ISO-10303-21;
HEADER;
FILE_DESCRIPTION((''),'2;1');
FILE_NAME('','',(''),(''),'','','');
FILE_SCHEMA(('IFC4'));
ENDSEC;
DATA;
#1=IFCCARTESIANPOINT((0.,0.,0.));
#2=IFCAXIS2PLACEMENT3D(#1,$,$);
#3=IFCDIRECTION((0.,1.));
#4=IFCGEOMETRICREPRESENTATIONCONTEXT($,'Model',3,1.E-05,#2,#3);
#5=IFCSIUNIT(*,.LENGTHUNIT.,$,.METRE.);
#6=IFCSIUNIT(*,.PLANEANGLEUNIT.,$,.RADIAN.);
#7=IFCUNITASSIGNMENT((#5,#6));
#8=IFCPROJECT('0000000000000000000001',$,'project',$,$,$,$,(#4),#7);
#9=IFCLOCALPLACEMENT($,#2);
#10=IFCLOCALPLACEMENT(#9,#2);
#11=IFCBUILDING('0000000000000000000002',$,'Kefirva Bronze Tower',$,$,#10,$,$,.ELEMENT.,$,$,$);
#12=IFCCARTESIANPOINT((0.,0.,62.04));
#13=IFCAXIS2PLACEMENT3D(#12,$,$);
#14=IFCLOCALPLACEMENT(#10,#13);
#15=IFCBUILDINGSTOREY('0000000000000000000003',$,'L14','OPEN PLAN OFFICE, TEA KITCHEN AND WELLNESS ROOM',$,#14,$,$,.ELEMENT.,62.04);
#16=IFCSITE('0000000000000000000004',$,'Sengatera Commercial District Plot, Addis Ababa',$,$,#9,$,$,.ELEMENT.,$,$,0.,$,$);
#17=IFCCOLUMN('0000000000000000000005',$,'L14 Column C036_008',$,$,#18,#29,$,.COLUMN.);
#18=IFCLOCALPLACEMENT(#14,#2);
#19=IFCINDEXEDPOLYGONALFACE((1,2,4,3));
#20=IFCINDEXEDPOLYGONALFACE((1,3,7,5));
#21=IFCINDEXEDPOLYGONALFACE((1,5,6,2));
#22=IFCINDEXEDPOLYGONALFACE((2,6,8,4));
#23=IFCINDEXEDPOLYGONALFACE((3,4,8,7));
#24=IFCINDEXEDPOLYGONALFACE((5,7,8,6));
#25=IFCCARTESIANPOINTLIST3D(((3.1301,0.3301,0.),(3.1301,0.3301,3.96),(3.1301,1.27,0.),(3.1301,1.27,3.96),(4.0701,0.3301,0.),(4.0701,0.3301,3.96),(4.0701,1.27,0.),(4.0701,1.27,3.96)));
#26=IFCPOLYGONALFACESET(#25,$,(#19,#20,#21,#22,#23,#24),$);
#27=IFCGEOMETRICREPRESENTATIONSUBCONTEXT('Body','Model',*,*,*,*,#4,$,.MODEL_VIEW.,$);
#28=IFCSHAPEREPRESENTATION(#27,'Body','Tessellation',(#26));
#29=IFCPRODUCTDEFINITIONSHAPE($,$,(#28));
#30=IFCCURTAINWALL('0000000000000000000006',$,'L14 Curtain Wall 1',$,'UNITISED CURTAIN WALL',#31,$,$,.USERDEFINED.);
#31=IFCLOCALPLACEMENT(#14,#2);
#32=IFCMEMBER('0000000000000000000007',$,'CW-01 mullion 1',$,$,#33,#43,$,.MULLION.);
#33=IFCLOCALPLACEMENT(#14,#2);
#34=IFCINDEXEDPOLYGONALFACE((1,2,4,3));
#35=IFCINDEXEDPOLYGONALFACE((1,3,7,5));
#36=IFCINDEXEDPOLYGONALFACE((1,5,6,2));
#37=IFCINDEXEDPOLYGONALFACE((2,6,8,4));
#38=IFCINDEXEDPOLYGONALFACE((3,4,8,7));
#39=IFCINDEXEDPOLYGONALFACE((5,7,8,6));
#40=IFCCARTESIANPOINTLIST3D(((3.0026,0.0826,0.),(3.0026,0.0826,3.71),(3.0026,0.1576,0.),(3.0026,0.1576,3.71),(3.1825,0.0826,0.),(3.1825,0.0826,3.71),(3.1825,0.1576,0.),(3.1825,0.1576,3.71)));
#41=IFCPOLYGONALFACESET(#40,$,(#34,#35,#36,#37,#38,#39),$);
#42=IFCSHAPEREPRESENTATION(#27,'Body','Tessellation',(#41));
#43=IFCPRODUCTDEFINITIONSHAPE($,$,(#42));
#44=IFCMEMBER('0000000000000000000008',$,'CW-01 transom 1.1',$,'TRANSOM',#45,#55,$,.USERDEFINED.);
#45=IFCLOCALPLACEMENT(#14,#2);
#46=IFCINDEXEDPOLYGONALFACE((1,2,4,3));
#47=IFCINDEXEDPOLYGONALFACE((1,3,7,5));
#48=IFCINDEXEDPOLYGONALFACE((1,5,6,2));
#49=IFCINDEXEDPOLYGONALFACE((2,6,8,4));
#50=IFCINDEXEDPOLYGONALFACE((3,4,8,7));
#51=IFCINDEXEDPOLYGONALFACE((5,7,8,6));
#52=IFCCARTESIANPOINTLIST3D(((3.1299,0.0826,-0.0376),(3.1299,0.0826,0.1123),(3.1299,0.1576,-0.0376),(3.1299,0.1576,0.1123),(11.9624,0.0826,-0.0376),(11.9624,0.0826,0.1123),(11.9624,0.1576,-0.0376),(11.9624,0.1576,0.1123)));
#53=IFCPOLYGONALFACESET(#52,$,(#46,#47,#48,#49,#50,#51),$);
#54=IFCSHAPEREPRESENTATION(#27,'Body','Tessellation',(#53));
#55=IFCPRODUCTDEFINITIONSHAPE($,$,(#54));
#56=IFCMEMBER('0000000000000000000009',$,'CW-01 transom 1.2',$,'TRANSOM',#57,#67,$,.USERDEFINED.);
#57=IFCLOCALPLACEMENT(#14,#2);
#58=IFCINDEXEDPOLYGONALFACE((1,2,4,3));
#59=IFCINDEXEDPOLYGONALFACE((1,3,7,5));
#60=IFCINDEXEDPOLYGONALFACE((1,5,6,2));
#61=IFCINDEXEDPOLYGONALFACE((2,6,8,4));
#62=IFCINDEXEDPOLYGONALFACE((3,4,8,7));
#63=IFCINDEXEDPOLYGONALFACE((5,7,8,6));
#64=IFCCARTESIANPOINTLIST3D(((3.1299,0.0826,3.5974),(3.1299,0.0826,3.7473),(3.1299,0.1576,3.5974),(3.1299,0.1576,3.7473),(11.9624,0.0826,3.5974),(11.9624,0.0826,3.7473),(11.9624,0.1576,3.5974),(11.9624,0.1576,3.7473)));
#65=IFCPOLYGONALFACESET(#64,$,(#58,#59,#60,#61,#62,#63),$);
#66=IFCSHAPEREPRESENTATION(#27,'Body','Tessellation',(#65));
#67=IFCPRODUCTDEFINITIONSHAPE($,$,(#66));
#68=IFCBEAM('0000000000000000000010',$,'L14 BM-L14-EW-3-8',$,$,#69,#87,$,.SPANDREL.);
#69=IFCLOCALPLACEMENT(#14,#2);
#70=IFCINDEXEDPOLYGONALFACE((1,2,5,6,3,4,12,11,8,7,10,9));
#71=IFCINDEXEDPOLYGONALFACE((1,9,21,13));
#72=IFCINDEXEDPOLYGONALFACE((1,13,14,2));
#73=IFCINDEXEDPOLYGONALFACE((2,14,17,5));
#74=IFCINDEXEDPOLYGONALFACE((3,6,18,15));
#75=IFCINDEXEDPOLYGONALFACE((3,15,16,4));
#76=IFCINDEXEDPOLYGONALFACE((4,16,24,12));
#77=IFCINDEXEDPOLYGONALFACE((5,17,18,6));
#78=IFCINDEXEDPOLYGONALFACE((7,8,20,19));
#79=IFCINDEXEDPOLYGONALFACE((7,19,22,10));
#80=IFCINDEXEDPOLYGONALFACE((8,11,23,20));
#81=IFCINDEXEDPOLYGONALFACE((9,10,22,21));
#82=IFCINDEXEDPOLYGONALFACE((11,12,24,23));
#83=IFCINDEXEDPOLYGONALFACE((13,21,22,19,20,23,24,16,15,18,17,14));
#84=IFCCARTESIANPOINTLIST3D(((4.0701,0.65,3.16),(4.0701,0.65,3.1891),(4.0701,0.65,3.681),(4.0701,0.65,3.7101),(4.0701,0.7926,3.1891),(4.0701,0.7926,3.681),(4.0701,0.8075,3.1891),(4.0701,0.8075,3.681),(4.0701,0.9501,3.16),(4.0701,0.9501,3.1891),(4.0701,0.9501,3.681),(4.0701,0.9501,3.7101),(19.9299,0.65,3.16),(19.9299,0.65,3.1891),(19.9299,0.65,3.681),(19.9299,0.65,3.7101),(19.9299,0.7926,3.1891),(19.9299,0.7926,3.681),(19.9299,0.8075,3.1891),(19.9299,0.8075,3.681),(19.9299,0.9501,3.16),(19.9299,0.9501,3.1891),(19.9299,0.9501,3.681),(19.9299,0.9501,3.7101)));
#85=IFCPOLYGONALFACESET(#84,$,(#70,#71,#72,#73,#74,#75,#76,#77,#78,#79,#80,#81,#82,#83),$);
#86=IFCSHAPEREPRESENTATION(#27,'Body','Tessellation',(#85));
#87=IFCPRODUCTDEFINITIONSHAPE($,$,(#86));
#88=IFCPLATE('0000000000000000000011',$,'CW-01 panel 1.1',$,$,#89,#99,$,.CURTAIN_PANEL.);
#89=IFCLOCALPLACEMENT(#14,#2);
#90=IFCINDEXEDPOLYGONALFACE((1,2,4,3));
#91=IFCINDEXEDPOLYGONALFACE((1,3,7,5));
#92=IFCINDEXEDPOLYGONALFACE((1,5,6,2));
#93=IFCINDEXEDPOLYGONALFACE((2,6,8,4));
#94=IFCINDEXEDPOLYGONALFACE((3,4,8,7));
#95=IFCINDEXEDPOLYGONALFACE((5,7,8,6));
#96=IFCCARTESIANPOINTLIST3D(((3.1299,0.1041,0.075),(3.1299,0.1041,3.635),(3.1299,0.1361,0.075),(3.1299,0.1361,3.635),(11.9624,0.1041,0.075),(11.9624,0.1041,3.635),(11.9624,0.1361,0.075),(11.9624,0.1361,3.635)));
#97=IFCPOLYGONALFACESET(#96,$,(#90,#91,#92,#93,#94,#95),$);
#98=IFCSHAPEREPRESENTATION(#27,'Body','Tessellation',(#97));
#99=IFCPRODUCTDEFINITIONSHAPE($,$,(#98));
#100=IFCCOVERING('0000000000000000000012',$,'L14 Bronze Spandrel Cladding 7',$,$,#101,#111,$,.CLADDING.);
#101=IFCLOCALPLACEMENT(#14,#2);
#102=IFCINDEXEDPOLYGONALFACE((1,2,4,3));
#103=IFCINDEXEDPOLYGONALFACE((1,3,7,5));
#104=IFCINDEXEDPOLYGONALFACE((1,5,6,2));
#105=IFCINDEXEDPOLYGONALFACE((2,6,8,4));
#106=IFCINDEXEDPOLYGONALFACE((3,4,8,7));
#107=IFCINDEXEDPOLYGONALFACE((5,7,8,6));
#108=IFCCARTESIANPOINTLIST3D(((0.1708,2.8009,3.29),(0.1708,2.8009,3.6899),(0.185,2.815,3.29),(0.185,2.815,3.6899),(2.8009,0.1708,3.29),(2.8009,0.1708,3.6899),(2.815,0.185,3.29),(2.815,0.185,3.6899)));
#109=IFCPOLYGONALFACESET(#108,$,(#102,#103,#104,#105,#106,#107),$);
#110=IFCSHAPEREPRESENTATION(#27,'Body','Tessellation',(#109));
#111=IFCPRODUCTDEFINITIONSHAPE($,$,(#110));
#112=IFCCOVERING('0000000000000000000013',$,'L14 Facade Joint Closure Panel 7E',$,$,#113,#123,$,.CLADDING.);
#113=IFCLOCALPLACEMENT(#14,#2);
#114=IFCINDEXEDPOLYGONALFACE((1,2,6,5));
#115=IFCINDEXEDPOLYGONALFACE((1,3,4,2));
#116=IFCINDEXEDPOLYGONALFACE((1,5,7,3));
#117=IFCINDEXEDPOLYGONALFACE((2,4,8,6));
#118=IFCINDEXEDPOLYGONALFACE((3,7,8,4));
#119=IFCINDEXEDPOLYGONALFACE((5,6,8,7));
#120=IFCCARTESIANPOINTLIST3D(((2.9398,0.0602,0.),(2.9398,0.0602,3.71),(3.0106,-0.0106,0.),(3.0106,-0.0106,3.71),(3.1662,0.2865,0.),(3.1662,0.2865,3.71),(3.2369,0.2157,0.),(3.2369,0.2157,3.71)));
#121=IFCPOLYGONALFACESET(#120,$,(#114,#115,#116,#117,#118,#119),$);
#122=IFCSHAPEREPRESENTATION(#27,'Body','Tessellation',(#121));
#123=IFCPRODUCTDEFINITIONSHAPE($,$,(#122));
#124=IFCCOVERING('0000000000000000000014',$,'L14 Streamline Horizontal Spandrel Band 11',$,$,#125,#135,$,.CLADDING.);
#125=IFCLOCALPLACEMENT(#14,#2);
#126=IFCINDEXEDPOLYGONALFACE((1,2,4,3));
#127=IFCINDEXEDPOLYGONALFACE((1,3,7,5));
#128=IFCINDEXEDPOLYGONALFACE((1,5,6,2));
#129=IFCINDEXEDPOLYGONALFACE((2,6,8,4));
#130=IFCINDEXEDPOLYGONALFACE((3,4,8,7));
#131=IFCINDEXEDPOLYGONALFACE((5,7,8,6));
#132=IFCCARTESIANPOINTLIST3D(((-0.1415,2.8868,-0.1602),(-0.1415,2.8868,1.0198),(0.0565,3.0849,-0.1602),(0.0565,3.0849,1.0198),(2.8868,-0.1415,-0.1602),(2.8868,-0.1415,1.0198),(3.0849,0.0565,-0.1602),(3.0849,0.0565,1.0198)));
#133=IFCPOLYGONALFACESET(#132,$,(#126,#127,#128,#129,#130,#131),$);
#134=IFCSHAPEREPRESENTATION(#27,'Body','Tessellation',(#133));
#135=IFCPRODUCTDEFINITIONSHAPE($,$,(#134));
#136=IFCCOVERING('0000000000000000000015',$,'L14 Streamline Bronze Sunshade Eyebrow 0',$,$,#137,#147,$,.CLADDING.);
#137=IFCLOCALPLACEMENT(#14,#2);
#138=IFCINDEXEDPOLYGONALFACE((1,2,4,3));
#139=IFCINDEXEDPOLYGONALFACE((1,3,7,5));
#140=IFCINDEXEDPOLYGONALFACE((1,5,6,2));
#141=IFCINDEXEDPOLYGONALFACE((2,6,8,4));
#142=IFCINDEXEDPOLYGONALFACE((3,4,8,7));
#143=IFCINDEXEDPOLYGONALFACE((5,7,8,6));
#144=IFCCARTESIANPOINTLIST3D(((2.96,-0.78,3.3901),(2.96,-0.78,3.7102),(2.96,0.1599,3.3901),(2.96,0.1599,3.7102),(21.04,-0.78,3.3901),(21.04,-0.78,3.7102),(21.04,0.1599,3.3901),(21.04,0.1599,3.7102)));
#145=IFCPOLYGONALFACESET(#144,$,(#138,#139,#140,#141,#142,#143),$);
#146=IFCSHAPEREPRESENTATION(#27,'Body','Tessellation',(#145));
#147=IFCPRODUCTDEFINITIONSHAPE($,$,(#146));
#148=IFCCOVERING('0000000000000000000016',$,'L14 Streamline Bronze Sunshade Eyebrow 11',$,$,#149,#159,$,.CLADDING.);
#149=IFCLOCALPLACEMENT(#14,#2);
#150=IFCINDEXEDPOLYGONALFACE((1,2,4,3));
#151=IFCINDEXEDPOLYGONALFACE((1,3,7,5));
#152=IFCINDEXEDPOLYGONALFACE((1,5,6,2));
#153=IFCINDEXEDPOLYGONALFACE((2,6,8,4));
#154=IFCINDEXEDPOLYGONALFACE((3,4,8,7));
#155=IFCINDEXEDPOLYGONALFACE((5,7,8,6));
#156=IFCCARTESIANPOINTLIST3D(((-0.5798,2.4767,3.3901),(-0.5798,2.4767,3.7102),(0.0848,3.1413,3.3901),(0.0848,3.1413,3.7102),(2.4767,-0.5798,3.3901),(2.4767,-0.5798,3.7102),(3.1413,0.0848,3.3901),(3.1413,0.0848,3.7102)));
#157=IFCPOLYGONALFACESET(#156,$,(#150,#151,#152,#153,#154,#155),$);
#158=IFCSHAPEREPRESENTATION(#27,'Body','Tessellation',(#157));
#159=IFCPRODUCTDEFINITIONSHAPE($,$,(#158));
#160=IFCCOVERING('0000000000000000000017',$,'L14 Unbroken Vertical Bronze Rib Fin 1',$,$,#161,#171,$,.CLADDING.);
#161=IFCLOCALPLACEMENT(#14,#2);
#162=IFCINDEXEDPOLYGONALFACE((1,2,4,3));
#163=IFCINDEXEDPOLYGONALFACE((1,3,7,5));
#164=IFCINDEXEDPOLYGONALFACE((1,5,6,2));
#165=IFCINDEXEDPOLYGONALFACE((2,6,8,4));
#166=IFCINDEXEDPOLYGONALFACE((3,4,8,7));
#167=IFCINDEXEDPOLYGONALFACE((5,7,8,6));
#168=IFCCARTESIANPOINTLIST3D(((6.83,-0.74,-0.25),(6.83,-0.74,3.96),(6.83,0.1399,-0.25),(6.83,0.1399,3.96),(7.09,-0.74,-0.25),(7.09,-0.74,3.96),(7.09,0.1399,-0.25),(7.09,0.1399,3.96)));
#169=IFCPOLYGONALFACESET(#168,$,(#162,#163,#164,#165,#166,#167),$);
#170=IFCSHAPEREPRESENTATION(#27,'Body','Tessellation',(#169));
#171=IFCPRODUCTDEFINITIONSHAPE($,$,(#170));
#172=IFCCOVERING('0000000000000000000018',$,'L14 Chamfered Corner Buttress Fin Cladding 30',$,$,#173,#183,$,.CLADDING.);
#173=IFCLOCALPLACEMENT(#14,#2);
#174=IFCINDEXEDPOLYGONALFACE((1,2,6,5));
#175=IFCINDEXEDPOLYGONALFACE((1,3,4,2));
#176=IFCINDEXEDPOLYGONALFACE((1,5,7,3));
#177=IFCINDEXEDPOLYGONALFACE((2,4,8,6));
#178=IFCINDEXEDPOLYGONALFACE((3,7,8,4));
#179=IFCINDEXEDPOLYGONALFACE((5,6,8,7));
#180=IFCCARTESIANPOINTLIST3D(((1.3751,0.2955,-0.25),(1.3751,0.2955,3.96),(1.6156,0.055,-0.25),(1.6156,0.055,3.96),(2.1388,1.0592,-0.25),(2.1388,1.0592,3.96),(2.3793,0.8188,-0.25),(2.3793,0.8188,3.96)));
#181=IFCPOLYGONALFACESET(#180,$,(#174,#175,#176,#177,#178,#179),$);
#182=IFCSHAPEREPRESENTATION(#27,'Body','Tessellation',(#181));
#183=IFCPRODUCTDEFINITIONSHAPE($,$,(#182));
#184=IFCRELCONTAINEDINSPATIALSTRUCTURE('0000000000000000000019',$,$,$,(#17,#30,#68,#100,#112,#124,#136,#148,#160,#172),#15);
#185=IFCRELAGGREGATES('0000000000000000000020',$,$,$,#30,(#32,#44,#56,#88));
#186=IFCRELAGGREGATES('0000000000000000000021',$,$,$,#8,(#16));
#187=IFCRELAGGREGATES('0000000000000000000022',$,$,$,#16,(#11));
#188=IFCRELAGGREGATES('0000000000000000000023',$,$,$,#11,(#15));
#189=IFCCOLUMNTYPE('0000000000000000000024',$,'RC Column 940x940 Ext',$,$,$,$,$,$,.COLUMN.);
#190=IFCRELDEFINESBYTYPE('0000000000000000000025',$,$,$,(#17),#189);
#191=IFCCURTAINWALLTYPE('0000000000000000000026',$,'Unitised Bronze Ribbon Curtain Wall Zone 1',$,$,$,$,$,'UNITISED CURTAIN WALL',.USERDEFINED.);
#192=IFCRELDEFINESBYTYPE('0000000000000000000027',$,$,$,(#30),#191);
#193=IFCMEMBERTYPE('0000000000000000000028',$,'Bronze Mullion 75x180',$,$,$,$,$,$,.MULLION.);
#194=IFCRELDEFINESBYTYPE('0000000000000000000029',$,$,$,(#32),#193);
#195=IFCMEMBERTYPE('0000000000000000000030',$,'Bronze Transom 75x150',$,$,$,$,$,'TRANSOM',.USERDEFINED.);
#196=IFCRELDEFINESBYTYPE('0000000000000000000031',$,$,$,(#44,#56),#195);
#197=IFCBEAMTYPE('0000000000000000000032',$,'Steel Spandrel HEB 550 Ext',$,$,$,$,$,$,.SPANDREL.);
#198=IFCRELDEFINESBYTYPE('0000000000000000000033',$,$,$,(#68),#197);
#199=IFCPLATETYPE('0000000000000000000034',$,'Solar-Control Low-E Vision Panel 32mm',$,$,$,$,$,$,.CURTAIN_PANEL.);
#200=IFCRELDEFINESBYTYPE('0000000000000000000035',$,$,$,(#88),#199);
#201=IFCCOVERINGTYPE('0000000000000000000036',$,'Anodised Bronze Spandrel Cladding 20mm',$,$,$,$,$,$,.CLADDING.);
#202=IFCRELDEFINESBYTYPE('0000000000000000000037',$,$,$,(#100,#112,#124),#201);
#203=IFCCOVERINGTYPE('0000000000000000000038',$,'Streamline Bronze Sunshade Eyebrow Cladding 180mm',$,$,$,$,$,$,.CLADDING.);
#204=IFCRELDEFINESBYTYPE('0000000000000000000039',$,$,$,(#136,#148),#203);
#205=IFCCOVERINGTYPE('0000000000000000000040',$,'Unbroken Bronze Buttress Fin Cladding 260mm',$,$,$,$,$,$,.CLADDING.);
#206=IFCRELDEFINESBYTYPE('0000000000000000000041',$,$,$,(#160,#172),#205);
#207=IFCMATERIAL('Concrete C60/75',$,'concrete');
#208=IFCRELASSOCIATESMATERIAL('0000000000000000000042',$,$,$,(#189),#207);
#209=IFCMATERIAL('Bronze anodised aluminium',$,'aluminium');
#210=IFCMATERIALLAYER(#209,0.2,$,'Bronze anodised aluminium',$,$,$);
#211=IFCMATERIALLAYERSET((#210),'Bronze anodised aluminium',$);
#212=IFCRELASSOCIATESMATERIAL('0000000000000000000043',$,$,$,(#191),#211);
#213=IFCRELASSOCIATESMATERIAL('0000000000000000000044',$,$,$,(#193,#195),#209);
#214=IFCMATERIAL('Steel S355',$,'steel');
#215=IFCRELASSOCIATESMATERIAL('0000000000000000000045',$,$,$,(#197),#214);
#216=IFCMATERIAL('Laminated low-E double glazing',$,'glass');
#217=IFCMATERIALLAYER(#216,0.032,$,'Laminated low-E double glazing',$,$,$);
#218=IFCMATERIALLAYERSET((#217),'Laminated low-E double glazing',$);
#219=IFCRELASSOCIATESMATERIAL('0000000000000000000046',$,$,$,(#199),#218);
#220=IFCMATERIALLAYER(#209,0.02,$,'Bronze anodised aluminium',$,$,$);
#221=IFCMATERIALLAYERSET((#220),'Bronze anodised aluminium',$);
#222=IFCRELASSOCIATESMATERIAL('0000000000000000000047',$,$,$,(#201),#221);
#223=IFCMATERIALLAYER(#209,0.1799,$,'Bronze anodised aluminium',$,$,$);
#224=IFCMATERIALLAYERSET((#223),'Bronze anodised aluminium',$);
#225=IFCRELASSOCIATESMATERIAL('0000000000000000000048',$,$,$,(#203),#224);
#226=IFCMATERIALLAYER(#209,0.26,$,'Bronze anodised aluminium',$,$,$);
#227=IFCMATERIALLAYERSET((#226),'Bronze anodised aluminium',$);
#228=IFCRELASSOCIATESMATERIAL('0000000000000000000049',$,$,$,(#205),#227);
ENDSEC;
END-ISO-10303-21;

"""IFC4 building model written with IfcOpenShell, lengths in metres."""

from ifc_helpers import new_model, si_unit, direction, frame, origin, origin_2d, place, context, subcontext, project, spatial, rectangle, i_section, extrude, material, layer, layer_set, material_profile, profile_set, type_object, element, aggregate, save


model = new_model("IFC4")

# Units and contexts
model_context = context("Model", 3, precision=1e-05, world=origin(), true_north=direction((0.0, 1.0)))
body_context = subcontext(model_context, "Body", "Model", "MODEL_VIEW")
ifc_project = project(units=[si_unit("LENGTHUNIT", "METRE"), si_unit("PLANEANGLEUNIT", "RADIAN")], contexts=[model_context])

# Site, building, storey
site_placement = place(None, origin())
site = spatial("IfcSite", under=ifc_project, at=site_placement, Name="Sengatera Commercial District Plot, Addis Ababa", CompositionType="ELEMENT", RefElevation=0.0)
building_placement = place(site_placement, origin())
building = spatial("IfcBuilding", under=site, at=building_placement, Name="Kefirva Bronze Tower", CompositionType="ELEMENT")
storey_placement = place(building_placement, frame((0.0, 0.0, 62.04)))
storey = spatial("IfcBuildingStorey", under=building, at=storey_placement, Name="L14", Description="OPEN PLAN OFFICE, TEA KITCHEN AND WELLNESS ROOM", CompositionType="ELEMENT", Elevation=62.04)

# Column
ifc_material_1 = material(Name="Concrete C60/75", Category="concrete")
ifc_material_profile_1 = material_profile(ifc_material_1, rectangle(XDim=0.9399, YDim=0.9399, at=origin_2d()), Name="RC 940x940")
ifc_profile_set_1 = profile_set([ifc_material_profile_1], Name="Concrete C60/75")
column_type = type_object("IfcColumnType", Name="RC Column 940x940 Ext", PredefinedType="COLUMN", material=ifc_profile_set_1)
column_placement = place(storey_placement, frame((3.6001, 0.8, 0.0), z_axis=(0.0, 0.0, 1.0), x_axis=(1.0, 0.0, 0.0)))
element("IfcColumn", 1, at=column_placement, inside=storey, type_object=column_type, Name="L14 Column C036_008", PredefinedType="COLUMN", context=body_context, shape_type="SweptSolid", body=[
    extrude(rectangle(XDim=0.9399, YDim=0.9399, at=origin_2d()), origin(), (0.0, 0.0, 1.0), 3.96),
])

# Curtain wall, members
ifc_material_2 = material(Name="Bronze anodised aluminium", Category="aluminium")
ifc_layer_1 = layer(ifc_material_2, 0.2, Name="Bronze anodised aluminium")
ifc_layer_set_1 = layer_set([ifc_layer_1], Name="Bronze anodised aluminium")
curtain_wall_type = type_object("IfcCurtainWallType", Name="Unitised Bronze Ribbon Curtain Wall Zone 1", ElementType="UNITISED CURTAIN WALL", PredefinedType="USERDEFINED", material=ifc_layer_set_1)
curtain_wall_placement = place(storey_placement, origin())
curtain_wall = element("IfcCurtainWall", 2, at=curtain_wall_placement, inside=storey, type_object=curtain_wall_type, Name="L14 Curtain Wall 1", ObjectType="UNITISED CURTAIN WALL", PredefinedType="USERDEFINED")
ifc_material_profile_2 = material_profile(ifc_material_2, rectangle(XDim=0.075, YDim=0.1799, at=origin_2d()), Name="ALU 75x180")
ifc_profile_set_2 = profile_set([ifc_material_profile_2], Name="Bronze anodised aluminium")
member_type_1 = type_object("IfcMemberType", Name="Bronze Mullion 75x180", PredefinedType="MULLION", material=ifc_profile_set_2)
member_1_placement = place(storey_placement, frame((3.0925, 0.1201, 0.0), z_axis=(0.0, 0.0, 1.0), x_axis=(0.0, 1.0, 0.0)))
member_1 = element("IfcMember", 3, at=member_1_placement, type_object=member_type_1, Name="CW-01 mullion 1", PredefinedType="MULLION", context=body_context, shape_type="SweptSolid", body=[
    extrude(rectangle(XDim=0.075, YDim=0.1799, at=origin_2d()), origin(), (0.0, 0.0, 1.0), 3.71),
])
ifc_material_profile_3 = material_profile(ifc_material_2, rectangle(XDim=0.075, YDim=0.1499, at=origin_2d()), Name="ALU 75x150")
ifc_profile_set_3 = profile_set([ifc_material_profile_3], Name="Bronze anodised aluminium")
member_type_2 = type_object("IfcMemberType", Name="Bronze Transom 75x150", ElementType="TRANSOM", PredefinedType="USERDEFINED", material=ifc_profile_set_3)
member_2_placement = place(storey_placement, frame((3.1299, 0.1201, 0.0374), z_axis=(1.0, 0.0, 0.0), x_axis=(0.0, 1.0, 0.0)))
member_2 = element("IfcMember", 4, at=member_2_placement, type_object=member_type_2, Name="CW-01 transom 1.1", ObjectType="TRANSOM", PredefinedType="USERDEFINED", context=body_context, shape_type="SweptSolid", body=[
    extrude(rectangle(XDim=0.075, YDim=0.1499, at=origin_2d()), origin(), (0.0, 0.0, 1.0), 8.8325),
])
member_3_placement = place(storey_placement, frame((3.1299, 0.1201, 3.6724), z_axis=(1.0, 0.0, 0.0), x_axis=(0.0, 1.0, 0.0)))
member_3 = element("IfcMember", 5, at=member_3_placement, type_object=member_type_2, Name="CW-01 transom 1.2", ObjectType="TRANSOM", PredefinedType="USERDEFINED", context=body_context, shape_type="SweptSolid", body=[
    extrude(rectangle(XDim=0.075, YDim=0.1499, at=origin_2d()), origin(), (0.0, 0.0, 1.0), 8.8325),
])

# Beam
ifc_material_3 = material(Name="Steel S355", Category="steel")
ifc_material_profile_4 = material_profile(ifc_material_3, i_section(OverallWidth=0.3, OverallDepth=0.55, WebThickness=0.0149, FlangeThickness=0.0291, at=origin_2d()), Name="HEB 550")
ifc_profile_set_4 = profile_set([ifc_material_profile_4], Name="Steel S355")
beam_type = type_object("IfcBeamType", Name="Steel Spandrel HEB 550 Ext", PredefinedType="SPANDREL", material=ifc_profile_set_4)
beam_placement = place(storey_placement, frame((4.0701, 0.8, 3.4351), z_axis=(1.0, 0.0, 0.0), x_axis=(0.0, 1.0, 0.0)))
element("IfcBeam", 6, at=beam_placement, inside=storey, type_object=beam_type, Name="L14 BM-L14-EW-3-8", PredefinedType="SPANDREL", context=body_context, shape_type="SweptSolid", body=[
    extrude(i_section(OverallWidth=0.3, OverallDepth=0.55, WebThickness=0.0149, FlangeThickness=0.0291, at=origin_2d()), origin(), (0.0, 0.0, 1.0), 15.8599),
])

# Plate
ifc_material_4 = material(Name="Laminated low-E double glazing", Category="glass")
ifc_layer_2 = layer(ifc_material_4, 0.032, Name="Laminated low-E double glazing")
ifc_layer_set_2 = layer_set([ifc_layer_2], Name="Laminated low-E double glazing")
plate_type = type_object("IfcPlateType", Name="Solar-Control Low-E Vision Panel 32mm", PredefinedType="CURTAIN_PANEL", material=ifc_layer_set_2)
plate_placement = place(storey_placement, frame((7.5461, 0.1201, 0.075), z_axis=(0.0, 0.0, 1.0), x_axis=(1.0, 0.0, 0.0)))
plate = element("IfcPlate", 7, at=plate_placement, type_object=plate_type, Name="CW-01 panel 1.1", PredefinedType="CURTAIN_PANEL", context=body_context, shape_type="SweptSolid", body=[
    extrude(rectangle(XDim=8.8325, YDim=0.032, at=origin_2d()), origin(), (0.0, 0.0, 1.0), 3.5601),
])
aggregate(curtain_wall, [member_1, member_2, member_3, plate])

# Coverings
ifc_layer_3 = layer(ifc_material_2, 0.02, Name="Bronze anodised aluminium")
ifc_layer_set_3 = layer_set([ifc_layer_3], Name="Bronze anodised aluminium")
covering_type_1 = type_object("IfcCoveringType", Name="Anodised Bronze Spandrel Cladding 20mm", PredefinedType="CLADDING", material=ifc_layer_set_3)
covering_1_placement = place(storey_placement, frame((1.4929, 1.4929, 3.29), z_axis=(0.0, 0.0, 1.0), x_axis=(0.707107, -0.707107, 0.0)))
element("IfcCovering", 8, at=covering_1_placement, inside=storey, type_object=covering_type_1, Name="L14 Bronze Spandrel Cladding 7", PredefinedType="CLADDING", context=body_context, shape_type="SweptSolid", body=[
    extrude(rectangle(XDim=3.7195, YDim=0.02, at=origin_2d()), origin(), (0.0, 0.0, 1.0), 0.3999),
])
covering_2_placement = place(storey_placement, frame((3.0884, 0.1379, 0.0), z_axis=(0.0, 0.0, 1.0), x_axis=(0.707107, -0.707107, 0.0)))
element("IfcCovering", 9, at=covering_2_placement, inside=storey, type_object=covering_type_1, Name="L14 Facade Joint Closure Panel 7E", PredefinedType="CLADDING", context=body_context, shape_type="SweptSolid", body=[
    extrude(rectangle(XDim=0.1001, YDim=0.3201, at=origin_2d()), origin(), (0.0, 0.0, 1.0), 3.71),
])
covering_3_placement = place(storey_placement, frame((1.4717, 1.4717, -0.1602), z_axis=(0.0, 0.0, 1.0), x_axis=(0.707107, -0.707107, 0.0)))
element("IfcCovering", 10, at=covering_3_placement, inside=storey, type_object=covering_type_1, Name="L14 Streamline Horizontal Spandrel Band 11", PredefinedType="CLADDING", context=body_context, shape_type="SweptSolid", body=[
    extrude(rectangle(XDim=4.2827, YDim=0.28, at=origin_2d()), origin(), (0.0, 0.0, 1.0), 1.1799),
])
ifc_layer_4 = layer(ifc_material_2, 0.1799, Name="Bronze anodised aluminium")
ifc_layer_set_4 = layer_set([ifc_layer_4], Name="Bronze anodised aluminium")
covering_type_2 = type_object("IfcCoveringType", Name="Streamline Bronze Sunshade Eyebrow Cladding 180mm", PredefinedType="CLADDING", material=ifc_layer_set_4)
covering_4_placement = place(storey_placement, frame((12.0, -0.3101, 3.3901), z_axis=(0.0, 0.0, 1.0), x_axis=(1.0, 0.0, 0.0)))
element("IfcCovering", 11, at=covering_4_placement, inside=storey, type_object=covering_type_2, Name="L14 Streamline Bronze Sunshade Eyebrow 0", PredefinedType="CLADDING", context=body_context, shape_type="SweptSolid", body=[
    extrude(rectangle(XDim=18.0801, YDim=0.9399, at=origin_2d()), origin(), (0.0, 0.0, 1.0), 0.3201),
])
covering_5_placement = place(storey_placement, frame((1.2808, 1.2808, 3.3901), z_axis=(0.0, 0.0, 1.0), x_axis=(0.707107, -0.707107, 0.0)))
element("IfcCovering", 12, at=covering_5_placement, inside=storey, type_object=covering_type_2, Name="L14 Streamline Bronze Sunshade Eyebrow 11", PredefinedType="CLADDING", context=body_context, shape_type="SweptSolid", body=[
    extrude(rectangle(XDim=4.3225, YDim=0.9399, at=origin_2d()), origin(), (0.0, 0.0, 1.0), 0.3201),
])
ifc_layer_5 = layer(ifc_material_2, 0.26, Name="Bronze anodised aluminium")
ifc_layer_set_5 = layer_set([ifc_layer_5], Name="Bronze anodised aluminium")
covering_type_3 = type_object("IfcCoveringType", Name="Unbroken Bronze Buttress Fin Cladding 260mm", PredefinedType="CLADDING", material=ifc_layer_set_5)
covering_6_placement = place(storey_placement, frame((6.96, -0.3, -0.25), z_axis=(0.0, 0.0, 1.0), x_axis=(1.0, 0.0, 0.0)))
element("IfcCovering", 13, at=covering_6_placement, inside=storey, type_object=covering_type_3, Name="L14 Unbroken Vertical Bronze Rib Fin 1", PredefinedType="CLADDING", context=body_context, shape_type="SweptSolid", body=[
    extrude(rectangle(XDim=0.26, YDim=0.8799, at=origin_2d()), origin(), (0.0, 0.0, 1.0), 4.21),
])
covering_7_placement = place(storey_placement, frame((1.8772, 0.5571, -0.25), z_axis=(0.0, 0.0, 1.0), x_axis=(0.707107, -0.707107, 0.0)))
element("IfcCovering", 14, at=covering_7_placement, inside=storey, type_object=covering_type_3, Name="L14 Chamfered Corner Buttress Fin Cladding 30", PredefinedType="CLADDING", context=body_context, shape_type="SweptSolid", body=[
    extrude(rectangle(XDim=0.3401, YDim=1.0801, at=origin_2d()), origin(), (0.0, 0.0, 1.0), 4.21),
])

save(model, "model.ifc")
